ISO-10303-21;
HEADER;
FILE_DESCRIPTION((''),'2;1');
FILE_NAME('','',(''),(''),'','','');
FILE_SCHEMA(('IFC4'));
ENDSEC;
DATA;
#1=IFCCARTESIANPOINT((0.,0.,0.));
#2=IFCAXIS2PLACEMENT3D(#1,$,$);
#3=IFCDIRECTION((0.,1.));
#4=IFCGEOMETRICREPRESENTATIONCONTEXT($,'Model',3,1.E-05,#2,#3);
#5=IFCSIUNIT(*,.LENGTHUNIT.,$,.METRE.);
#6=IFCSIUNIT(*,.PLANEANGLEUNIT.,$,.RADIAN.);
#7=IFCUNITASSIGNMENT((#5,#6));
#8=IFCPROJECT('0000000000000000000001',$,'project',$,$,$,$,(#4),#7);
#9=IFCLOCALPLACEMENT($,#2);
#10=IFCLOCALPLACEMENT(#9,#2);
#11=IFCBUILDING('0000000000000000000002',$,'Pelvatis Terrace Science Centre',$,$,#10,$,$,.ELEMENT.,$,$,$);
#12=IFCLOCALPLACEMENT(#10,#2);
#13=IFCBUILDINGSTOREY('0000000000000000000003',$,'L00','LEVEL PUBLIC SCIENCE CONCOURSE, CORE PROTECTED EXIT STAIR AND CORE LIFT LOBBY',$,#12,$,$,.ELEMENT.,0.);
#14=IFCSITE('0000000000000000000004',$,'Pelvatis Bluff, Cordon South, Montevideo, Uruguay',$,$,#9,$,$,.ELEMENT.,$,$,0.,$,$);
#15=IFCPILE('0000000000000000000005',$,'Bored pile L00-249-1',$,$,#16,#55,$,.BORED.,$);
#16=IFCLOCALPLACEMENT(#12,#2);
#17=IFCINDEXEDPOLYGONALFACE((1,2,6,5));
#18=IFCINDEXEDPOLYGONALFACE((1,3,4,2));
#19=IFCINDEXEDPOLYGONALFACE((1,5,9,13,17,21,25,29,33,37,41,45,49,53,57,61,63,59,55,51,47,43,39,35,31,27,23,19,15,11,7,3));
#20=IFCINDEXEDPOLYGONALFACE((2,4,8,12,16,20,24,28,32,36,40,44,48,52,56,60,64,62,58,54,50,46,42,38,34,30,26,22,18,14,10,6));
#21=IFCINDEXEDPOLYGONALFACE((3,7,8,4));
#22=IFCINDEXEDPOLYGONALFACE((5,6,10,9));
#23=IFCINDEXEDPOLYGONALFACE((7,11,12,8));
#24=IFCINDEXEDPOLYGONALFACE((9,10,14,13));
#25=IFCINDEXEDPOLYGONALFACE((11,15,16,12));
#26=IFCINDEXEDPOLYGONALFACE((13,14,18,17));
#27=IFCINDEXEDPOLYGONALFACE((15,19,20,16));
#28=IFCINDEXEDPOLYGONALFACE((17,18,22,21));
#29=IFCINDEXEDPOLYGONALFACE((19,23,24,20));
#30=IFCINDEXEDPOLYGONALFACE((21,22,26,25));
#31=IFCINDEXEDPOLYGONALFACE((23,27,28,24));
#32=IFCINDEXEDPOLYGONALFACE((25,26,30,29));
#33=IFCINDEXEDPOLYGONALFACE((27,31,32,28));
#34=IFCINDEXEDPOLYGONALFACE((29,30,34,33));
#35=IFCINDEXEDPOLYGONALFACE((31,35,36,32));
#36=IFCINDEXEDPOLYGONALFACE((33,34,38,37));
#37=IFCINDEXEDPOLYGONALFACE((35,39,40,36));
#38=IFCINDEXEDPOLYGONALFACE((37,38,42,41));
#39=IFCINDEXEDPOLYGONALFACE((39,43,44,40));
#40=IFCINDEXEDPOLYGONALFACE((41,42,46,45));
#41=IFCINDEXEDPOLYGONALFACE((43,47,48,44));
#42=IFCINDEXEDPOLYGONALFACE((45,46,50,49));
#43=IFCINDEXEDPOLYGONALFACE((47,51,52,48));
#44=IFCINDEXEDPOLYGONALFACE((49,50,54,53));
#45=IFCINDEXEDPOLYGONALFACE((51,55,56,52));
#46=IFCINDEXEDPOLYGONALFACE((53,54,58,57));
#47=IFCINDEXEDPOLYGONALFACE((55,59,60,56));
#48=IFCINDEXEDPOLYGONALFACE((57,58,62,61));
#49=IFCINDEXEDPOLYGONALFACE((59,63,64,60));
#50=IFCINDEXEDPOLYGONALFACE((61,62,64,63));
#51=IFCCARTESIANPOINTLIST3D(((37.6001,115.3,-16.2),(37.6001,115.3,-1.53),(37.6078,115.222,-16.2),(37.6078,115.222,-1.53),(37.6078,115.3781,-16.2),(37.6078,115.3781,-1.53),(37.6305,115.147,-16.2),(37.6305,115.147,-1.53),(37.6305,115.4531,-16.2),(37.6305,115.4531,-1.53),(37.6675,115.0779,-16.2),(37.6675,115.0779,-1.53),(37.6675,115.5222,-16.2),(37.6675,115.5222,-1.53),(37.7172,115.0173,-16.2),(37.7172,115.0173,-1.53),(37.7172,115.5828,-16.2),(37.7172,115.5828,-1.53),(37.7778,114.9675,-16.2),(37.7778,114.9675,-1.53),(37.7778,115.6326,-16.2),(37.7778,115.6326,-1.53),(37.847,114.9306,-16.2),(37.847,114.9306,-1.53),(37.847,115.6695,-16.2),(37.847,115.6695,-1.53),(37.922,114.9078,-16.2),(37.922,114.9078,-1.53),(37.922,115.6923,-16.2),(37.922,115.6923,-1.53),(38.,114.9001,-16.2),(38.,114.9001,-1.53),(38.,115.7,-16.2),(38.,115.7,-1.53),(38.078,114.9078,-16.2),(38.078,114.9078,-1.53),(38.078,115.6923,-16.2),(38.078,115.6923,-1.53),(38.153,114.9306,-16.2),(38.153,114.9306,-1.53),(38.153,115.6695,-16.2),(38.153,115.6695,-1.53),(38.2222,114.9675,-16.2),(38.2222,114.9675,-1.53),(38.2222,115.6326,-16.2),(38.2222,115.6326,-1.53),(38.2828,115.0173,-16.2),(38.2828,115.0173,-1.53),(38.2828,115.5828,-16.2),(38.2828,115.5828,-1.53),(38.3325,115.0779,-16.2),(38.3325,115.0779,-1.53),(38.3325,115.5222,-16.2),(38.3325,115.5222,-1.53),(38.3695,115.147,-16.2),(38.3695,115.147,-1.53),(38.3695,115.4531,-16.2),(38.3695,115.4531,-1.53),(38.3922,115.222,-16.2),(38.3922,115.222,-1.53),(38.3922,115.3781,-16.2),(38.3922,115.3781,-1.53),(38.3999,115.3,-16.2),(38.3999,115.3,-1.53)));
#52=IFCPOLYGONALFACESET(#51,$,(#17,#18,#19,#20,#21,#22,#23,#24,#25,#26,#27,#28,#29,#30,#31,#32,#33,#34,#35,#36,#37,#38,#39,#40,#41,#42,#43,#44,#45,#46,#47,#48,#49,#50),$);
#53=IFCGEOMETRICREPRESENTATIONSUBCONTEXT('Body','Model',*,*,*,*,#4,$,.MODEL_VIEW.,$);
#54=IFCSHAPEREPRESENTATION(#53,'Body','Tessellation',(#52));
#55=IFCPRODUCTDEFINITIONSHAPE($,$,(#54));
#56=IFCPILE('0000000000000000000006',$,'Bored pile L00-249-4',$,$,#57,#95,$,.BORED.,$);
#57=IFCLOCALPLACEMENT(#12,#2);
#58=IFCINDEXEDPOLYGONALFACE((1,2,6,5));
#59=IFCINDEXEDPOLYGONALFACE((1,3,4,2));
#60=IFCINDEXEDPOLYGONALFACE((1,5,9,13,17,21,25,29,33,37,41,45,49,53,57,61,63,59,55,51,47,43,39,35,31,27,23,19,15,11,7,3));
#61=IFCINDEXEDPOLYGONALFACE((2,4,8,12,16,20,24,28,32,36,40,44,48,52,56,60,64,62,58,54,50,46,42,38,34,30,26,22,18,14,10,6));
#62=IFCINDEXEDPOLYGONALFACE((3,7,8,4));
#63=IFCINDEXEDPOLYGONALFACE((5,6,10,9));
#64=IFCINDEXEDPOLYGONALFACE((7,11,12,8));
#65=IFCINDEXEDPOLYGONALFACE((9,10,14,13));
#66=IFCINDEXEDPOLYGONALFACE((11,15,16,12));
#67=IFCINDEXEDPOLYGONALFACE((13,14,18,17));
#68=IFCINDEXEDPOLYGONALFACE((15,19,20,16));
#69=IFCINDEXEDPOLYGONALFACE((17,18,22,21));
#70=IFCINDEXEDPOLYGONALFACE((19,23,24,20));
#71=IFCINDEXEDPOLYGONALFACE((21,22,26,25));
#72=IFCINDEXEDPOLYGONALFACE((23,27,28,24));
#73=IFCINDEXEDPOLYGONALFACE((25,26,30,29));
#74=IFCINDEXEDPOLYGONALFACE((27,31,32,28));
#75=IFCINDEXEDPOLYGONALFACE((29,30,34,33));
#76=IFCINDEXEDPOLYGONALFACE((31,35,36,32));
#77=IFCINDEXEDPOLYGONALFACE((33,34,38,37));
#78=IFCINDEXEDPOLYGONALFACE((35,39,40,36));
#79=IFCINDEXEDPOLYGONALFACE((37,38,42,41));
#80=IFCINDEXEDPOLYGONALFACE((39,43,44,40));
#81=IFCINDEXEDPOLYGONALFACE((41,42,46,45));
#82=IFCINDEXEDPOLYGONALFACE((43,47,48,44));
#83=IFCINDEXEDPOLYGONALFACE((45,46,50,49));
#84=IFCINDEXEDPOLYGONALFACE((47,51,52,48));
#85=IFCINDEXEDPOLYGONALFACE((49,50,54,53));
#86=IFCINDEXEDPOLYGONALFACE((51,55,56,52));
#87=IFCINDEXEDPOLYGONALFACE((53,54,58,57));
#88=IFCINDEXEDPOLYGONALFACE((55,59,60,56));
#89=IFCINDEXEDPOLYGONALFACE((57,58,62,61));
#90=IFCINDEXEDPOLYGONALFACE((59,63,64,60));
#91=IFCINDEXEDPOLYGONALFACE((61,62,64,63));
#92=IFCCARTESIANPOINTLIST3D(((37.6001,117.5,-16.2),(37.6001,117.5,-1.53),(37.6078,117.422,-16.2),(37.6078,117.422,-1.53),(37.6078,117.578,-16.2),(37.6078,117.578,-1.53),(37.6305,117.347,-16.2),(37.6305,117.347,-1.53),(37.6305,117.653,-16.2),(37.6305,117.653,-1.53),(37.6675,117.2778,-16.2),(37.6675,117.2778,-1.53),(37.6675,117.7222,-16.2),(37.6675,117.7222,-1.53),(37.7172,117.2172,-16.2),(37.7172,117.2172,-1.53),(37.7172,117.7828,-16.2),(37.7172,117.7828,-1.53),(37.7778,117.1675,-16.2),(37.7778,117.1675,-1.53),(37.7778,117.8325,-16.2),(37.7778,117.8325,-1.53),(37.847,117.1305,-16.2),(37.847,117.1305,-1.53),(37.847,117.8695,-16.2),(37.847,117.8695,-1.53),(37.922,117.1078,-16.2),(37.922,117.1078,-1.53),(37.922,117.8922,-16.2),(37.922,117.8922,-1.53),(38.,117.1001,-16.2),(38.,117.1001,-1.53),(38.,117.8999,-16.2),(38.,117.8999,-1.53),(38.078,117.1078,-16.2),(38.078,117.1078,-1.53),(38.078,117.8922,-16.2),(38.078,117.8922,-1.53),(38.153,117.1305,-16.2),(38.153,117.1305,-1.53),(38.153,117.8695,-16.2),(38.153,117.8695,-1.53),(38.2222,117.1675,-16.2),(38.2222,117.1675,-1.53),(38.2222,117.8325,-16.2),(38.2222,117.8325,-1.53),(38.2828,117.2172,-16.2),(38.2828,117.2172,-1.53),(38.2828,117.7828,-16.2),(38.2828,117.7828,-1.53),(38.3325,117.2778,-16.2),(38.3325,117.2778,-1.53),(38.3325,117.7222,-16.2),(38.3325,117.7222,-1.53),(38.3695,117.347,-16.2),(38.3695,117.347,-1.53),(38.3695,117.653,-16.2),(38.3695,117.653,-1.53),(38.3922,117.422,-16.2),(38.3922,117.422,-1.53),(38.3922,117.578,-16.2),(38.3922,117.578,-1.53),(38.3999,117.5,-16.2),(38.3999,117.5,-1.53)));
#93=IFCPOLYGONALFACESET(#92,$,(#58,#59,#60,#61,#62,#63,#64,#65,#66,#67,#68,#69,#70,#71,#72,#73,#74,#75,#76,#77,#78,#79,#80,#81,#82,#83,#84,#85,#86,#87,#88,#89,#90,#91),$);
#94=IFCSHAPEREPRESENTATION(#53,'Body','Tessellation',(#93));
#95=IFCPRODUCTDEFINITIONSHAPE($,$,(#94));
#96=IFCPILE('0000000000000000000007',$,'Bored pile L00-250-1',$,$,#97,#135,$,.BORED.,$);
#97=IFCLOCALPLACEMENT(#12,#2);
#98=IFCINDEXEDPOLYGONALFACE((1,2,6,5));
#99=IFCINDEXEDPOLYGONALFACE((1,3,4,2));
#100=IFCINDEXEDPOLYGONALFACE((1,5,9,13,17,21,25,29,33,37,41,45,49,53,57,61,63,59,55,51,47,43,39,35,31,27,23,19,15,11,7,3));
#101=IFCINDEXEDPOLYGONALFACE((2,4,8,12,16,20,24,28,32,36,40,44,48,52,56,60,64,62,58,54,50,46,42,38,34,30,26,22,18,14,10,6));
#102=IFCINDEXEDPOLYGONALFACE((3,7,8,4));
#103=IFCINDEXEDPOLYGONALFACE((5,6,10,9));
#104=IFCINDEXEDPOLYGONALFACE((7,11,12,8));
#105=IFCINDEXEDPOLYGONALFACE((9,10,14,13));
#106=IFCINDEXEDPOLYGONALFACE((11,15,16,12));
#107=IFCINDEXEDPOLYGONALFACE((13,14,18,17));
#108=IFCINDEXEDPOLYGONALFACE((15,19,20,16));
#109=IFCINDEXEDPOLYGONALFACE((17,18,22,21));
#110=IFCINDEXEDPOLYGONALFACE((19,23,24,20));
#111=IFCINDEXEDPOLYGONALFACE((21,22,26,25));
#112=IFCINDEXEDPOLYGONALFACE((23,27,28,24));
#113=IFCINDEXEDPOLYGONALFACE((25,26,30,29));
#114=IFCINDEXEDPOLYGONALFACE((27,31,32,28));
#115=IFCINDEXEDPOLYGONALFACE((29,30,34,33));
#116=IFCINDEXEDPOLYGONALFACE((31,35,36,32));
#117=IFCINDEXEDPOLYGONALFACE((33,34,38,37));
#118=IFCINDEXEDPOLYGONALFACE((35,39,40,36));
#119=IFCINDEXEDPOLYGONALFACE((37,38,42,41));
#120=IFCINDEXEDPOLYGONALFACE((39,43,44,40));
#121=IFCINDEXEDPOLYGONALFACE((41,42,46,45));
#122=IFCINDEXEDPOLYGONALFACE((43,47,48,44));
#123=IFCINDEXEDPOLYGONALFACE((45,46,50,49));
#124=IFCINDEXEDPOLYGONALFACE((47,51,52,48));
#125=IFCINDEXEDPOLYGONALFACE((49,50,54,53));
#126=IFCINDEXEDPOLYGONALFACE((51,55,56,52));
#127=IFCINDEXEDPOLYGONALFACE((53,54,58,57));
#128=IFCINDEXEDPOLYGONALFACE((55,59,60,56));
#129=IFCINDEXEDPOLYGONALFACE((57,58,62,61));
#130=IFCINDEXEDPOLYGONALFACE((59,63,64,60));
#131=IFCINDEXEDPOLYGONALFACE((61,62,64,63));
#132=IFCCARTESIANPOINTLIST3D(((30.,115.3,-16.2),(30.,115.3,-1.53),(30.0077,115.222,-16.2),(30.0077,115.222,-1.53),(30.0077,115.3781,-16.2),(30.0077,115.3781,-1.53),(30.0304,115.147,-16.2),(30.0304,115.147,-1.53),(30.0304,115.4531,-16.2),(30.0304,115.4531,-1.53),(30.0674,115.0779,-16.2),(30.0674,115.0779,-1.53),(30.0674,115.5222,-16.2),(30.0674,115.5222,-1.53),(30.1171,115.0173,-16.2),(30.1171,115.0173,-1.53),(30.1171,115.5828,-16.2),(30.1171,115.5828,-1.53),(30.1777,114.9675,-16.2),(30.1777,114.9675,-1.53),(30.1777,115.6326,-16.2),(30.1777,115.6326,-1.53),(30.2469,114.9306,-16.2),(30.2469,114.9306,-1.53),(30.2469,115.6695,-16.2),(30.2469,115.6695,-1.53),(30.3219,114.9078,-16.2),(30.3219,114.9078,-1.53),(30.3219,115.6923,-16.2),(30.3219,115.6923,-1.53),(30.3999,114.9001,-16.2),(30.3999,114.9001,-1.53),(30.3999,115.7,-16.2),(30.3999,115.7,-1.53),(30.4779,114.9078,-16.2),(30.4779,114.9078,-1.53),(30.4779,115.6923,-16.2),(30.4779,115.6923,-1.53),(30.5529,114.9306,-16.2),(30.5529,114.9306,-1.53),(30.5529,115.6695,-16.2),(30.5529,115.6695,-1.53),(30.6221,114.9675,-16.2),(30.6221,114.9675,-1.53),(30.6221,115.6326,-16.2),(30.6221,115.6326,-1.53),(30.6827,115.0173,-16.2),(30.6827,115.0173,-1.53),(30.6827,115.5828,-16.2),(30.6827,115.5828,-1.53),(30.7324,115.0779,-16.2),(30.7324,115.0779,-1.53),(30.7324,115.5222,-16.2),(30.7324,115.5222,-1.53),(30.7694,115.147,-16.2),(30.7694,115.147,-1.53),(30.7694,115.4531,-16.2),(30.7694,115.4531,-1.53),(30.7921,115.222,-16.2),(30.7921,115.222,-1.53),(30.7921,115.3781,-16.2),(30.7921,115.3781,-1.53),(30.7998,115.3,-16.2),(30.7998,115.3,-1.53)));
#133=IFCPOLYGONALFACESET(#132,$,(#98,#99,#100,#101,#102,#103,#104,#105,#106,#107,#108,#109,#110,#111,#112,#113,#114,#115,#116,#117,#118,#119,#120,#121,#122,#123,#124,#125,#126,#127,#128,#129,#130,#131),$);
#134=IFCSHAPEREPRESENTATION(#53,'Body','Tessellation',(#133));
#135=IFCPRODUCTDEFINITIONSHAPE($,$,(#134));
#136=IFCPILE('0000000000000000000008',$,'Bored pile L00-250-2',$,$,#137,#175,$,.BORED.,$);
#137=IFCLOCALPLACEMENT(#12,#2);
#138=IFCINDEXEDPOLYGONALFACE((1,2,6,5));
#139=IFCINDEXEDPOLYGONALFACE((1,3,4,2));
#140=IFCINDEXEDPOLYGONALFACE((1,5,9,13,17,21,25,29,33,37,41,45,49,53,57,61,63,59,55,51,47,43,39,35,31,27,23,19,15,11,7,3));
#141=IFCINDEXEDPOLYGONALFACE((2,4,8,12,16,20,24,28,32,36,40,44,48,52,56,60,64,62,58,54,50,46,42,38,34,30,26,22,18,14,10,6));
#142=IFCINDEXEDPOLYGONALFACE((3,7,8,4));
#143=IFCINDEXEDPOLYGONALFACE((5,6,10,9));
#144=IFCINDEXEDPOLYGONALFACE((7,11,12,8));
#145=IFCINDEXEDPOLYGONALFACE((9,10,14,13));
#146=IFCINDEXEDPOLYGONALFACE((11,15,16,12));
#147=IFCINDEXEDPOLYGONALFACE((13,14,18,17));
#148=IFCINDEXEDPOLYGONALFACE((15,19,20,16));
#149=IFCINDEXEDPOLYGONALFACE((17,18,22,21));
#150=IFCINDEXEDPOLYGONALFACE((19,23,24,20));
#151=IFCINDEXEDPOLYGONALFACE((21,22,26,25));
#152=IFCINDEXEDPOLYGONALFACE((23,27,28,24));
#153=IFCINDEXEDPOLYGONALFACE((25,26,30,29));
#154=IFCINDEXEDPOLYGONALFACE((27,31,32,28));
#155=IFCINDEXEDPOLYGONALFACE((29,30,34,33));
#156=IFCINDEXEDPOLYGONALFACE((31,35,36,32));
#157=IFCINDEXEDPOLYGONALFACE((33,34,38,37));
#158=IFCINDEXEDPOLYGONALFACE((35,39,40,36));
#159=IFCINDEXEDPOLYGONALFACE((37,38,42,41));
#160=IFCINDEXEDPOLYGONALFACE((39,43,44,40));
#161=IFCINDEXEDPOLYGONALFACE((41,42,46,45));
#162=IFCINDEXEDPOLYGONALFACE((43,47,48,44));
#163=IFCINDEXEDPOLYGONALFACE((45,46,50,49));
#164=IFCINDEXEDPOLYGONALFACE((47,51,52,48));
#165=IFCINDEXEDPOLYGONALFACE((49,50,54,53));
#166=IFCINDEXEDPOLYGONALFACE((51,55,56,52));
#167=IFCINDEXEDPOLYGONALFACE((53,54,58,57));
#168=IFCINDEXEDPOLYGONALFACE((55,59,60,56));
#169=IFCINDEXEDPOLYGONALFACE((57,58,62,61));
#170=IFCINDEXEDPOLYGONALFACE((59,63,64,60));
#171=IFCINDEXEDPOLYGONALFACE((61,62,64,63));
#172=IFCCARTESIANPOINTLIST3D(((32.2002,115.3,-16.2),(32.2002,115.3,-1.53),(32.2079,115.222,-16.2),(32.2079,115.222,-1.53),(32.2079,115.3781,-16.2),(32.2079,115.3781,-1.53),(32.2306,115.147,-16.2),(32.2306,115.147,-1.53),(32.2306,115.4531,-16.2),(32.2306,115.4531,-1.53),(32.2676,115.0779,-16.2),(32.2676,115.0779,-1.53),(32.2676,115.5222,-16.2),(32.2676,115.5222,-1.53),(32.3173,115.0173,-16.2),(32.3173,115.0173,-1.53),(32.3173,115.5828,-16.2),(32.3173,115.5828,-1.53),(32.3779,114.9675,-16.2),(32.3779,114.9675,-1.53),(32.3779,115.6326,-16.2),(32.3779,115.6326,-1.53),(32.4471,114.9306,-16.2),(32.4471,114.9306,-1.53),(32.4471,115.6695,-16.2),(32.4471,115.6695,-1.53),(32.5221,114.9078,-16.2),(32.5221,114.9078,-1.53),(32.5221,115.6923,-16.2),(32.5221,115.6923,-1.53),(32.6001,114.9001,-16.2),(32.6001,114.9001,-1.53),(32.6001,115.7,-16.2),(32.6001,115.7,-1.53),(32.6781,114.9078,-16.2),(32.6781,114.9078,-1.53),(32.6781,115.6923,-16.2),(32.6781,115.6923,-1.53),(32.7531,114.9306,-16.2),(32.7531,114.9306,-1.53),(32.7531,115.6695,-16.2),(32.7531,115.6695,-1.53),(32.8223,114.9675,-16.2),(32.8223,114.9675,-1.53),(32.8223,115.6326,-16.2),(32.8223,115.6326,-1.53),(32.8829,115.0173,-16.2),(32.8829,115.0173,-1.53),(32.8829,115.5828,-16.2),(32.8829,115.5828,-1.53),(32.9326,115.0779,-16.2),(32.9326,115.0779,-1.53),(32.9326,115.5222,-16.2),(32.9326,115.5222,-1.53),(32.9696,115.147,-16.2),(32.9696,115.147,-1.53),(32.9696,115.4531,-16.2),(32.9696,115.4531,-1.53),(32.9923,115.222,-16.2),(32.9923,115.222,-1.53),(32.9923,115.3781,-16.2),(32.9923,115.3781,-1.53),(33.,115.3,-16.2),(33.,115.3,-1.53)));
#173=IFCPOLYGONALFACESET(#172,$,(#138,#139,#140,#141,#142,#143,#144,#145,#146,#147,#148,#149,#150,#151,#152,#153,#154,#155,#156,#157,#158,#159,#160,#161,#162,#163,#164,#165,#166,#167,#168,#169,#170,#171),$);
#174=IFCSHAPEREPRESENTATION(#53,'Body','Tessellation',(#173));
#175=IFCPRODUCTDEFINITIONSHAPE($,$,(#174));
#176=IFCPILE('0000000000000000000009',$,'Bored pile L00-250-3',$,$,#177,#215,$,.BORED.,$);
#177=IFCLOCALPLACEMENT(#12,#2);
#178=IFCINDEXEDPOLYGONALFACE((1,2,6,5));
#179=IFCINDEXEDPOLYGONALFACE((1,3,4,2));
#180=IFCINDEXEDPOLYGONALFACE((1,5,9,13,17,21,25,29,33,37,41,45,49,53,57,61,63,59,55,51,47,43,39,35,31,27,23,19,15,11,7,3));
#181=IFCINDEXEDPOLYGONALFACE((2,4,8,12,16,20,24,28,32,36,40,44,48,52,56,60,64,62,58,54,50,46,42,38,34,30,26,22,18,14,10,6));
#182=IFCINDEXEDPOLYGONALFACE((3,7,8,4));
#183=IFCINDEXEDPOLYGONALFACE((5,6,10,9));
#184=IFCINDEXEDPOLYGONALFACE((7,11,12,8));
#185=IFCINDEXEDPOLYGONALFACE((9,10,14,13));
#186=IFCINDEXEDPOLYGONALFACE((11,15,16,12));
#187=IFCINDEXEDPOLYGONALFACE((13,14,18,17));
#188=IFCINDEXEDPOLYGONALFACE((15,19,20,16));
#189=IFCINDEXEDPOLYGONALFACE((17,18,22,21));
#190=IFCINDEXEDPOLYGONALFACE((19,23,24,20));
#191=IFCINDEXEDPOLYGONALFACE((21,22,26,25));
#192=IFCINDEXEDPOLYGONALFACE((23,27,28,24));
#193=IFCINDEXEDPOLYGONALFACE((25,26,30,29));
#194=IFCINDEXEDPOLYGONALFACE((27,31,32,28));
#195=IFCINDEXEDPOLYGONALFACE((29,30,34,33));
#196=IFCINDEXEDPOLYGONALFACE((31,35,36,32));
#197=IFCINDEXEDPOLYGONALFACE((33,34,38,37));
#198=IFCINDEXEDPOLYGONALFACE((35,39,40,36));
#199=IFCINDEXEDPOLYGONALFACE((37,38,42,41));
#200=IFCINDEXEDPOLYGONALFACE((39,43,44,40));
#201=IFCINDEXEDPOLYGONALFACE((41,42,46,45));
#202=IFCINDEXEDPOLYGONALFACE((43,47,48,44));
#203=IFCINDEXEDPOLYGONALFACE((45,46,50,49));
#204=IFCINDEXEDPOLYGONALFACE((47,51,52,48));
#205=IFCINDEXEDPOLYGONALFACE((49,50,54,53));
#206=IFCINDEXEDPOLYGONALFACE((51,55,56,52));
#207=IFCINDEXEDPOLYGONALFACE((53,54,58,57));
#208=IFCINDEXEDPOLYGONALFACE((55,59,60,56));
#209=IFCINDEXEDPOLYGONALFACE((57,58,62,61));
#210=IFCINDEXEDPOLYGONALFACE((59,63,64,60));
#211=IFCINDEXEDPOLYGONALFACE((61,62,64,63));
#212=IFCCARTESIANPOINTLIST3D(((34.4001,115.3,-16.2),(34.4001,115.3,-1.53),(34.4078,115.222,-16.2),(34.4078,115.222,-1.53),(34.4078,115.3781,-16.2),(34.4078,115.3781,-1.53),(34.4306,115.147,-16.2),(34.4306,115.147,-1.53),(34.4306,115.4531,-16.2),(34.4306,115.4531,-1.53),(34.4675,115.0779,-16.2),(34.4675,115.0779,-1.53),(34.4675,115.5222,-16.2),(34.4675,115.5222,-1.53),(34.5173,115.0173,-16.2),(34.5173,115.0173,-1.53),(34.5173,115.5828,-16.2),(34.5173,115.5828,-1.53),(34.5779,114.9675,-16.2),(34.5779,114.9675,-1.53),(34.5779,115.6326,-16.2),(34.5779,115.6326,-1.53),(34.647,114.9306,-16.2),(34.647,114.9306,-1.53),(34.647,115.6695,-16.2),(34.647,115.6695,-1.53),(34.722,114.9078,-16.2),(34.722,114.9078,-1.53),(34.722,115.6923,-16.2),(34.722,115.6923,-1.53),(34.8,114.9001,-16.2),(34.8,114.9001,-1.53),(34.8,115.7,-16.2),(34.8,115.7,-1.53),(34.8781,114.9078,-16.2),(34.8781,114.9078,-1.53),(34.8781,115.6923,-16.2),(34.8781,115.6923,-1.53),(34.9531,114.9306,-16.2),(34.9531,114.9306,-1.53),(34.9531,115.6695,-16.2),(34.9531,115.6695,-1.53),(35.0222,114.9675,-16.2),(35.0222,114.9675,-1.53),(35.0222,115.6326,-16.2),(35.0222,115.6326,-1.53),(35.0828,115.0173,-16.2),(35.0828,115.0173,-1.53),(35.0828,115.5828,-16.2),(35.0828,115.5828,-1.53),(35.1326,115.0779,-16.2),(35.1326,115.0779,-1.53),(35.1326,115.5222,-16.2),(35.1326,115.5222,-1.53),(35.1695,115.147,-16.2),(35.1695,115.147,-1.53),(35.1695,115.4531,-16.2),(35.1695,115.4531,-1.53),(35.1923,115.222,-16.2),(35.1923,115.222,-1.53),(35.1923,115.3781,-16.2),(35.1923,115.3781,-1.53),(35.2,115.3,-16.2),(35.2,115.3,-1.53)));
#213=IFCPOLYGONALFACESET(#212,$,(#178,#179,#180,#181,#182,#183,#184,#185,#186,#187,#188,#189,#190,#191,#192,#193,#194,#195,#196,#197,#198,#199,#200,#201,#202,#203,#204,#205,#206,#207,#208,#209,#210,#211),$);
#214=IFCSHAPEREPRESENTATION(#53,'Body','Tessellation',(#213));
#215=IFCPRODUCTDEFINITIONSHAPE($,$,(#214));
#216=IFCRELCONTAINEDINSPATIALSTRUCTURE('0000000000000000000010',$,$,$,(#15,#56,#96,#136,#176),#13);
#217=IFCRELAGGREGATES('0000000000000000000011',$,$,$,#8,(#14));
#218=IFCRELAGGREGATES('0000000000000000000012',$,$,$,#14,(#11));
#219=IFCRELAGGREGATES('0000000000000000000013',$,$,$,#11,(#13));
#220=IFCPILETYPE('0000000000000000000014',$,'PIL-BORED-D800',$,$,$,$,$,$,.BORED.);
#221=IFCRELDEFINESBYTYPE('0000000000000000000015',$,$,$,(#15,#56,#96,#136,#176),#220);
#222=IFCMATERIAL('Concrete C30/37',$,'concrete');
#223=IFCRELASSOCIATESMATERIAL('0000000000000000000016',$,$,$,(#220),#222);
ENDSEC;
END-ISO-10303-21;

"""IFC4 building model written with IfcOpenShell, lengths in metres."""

from ifc_helpers import new_model, si_unit, direction, frame, origin, origin_2d, place, context, subcontext, project, spatial, circle, extrude, material, material_profile, profile_set, type_object, element, save


model = new_model("IFC4")

# Units and contexts
model_context = context("Model", 3, precision=1e-05, world=origin(), true_north=direction((0.0, 1.0)))
body_context = subcontext(model_context, "Body", "Model", "MODEL_VIEW")
ifc_project = project(units=[si_unit("LENGTHUNIT", "METRE"), si_unit("PLANEANGLEUNIT", "RADIAN")], contexts=[model_context])

# Site, building, storey
site_placement = place(None, origin())
site = spatial("IfcSite", under=ifc_project, at=site_placement, Name="Pelvatis Bluff, Cordon South, Montevideo, Uruguay", CompositionType="ELEMENT", RefElevation=0.0)
building_placement = place(site_placement, origin())
building = spatial("IfcBuilding", under=site, at=building_placement, Name="Pelvatis Terrace Science Centre", CompositionType="ELEMENT")
storey_placement = place(building_placement, origin())
storey = spatial("IfcBuildingStorey", under=building, at=storey_placement, Name="L00", Description="LEVEL PUBLIC SCIENCE CONCOURSE, CORE PROTECTED EXIT STAIR AND CORE LIFT LOBBY", CompositionType="ELEMENT", Elevation=0.0)

# Piles
ifc_material_1 = material(Name="Concrete C30/37", Category="concrete")
ifc_material_profile_1 = material_profile(ifc_material_1, circle(Radius=0.3999, at=origin_2d()), Name="PILE D800")
ifc_profile_set_1 = profile_set([ifc_material_profile_1], Name="Concrete C30/37")
pile_type = type_object("IfcPileType", Name="PIL-BORED-D800", PredefinedType="BORED", material=ifc_profile_set_1)
for number, where, z_axis, x_axis, name in (
    (1, (38.0, 115.3, -1.53), (0.0, 0.0, -1.0), (1.0, 0.0, 0.0), "Bored pile L00-249-1"),
    (2, (38.0, 117.5, -1.53), (0.0, 0.0, -1.0), (1.0, 0.0, 0.0), "Bored pile L00-249-4"),
    (3, (30.3999, 115.3, -1.53), (0.0, 0.0, -1.0), (1.0, 0.0, 0.0), "Bored pile L00-250-1"),
    (4, (32.6001, 115.3, -1.53), (0.0, 0.0, -1.0), (1.0, 0.0, 0.0), "Bored pile L00-250-2"),
    (5, (34.8, 115.3, -1.53), (0.0, 0.0, -1.0), (1.0, 0.0, 0.0), "Bored pile L00-250-3"),
):
    element("IfcPile", number, at=place(storey_placement, frame(where, z_axis=z_axis, x_axis=x_axis)), inside=storey, type_object=pile_type, Name=name, PredefinedType="BORED", context=body_context, shape_type="SweptSolid", body=[
        extrude(circle(Radius=0.3999, at=origin_2d()), origin(), (0.0, 0.0, 1.0), 14.6699),
    ])

save(model, "model.ifc")
